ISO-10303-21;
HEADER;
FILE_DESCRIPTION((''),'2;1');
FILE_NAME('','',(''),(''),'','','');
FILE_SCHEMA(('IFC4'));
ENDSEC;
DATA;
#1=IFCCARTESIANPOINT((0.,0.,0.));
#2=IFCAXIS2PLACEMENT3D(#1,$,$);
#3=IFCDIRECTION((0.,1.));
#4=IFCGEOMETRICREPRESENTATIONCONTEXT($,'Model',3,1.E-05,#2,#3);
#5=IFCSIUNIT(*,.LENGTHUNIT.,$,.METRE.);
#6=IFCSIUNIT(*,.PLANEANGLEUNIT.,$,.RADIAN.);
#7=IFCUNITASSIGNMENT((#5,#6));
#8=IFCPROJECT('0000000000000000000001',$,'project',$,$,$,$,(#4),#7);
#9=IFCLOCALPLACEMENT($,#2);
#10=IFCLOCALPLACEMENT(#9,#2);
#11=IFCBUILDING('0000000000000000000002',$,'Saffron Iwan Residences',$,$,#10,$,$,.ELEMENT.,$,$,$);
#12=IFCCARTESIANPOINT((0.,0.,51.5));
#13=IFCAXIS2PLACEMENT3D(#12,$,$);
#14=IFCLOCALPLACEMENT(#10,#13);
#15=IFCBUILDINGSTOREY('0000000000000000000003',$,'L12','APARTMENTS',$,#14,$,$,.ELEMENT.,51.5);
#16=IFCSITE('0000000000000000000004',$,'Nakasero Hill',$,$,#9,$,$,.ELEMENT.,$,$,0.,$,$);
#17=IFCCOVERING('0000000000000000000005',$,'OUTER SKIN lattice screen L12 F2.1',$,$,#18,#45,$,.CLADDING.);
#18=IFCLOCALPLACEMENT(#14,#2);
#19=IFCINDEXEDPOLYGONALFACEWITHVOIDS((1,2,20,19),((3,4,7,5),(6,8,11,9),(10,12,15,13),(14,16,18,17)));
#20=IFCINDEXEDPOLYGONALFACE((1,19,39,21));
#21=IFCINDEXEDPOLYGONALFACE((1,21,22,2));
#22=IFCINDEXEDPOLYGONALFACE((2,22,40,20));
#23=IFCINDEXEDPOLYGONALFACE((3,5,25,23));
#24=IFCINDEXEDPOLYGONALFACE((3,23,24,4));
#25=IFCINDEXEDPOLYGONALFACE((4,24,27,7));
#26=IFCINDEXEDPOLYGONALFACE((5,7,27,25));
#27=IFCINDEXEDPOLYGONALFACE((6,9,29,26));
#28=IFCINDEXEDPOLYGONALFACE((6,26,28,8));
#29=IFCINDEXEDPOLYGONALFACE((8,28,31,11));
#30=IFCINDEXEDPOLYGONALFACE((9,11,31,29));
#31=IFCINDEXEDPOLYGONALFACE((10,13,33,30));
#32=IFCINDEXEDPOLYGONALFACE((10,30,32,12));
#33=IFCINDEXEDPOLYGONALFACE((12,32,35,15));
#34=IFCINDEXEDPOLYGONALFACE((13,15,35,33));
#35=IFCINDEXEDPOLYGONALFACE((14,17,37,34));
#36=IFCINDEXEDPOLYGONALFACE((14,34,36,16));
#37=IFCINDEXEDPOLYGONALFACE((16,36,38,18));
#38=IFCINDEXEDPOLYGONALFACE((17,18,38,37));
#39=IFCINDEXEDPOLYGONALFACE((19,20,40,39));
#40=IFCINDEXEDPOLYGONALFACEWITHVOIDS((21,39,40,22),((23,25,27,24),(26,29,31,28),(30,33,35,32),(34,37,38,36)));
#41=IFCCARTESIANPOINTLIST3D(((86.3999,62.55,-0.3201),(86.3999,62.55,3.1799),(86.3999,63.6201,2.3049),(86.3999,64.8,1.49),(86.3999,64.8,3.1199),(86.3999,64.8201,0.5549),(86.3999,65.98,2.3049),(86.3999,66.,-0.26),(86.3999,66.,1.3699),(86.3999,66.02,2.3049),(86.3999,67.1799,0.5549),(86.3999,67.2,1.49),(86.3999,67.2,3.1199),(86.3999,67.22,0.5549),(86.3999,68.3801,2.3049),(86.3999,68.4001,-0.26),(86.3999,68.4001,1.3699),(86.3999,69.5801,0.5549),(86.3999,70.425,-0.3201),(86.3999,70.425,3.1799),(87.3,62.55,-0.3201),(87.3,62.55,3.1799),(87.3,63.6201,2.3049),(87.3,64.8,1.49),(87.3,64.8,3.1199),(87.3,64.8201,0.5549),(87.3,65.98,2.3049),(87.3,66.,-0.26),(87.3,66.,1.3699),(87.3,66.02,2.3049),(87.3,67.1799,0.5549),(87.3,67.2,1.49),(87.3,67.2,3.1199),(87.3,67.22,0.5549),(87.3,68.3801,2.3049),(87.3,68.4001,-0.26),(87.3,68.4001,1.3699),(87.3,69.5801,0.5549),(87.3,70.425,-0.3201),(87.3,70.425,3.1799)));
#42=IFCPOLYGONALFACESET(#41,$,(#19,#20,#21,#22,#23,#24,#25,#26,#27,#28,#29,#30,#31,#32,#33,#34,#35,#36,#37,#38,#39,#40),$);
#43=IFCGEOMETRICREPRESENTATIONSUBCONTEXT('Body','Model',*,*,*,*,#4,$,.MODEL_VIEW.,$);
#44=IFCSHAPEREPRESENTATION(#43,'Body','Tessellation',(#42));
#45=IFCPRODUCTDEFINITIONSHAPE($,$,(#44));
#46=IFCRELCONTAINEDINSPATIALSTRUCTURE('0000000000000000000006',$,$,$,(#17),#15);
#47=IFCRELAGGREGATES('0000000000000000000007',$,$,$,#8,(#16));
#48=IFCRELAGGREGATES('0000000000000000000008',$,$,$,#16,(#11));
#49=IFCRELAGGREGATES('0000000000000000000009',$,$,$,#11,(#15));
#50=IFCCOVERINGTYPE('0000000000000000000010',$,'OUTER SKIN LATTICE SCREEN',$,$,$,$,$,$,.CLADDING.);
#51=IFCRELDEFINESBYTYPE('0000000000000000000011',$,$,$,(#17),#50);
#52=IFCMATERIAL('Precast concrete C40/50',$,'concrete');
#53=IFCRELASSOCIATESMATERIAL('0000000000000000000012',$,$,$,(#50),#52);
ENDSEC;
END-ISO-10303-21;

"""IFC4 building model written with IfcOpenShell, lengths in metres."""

from ifc_helpers import new_model, si_unit, direction, frame, origin, place, context, subcontext, project, spatial, polyline, outline, extrude, material, type_object, element, save


model = new_model("IFC4")

# Units and contexts
model_context = context("Model", 3, precision=1e-05, world=origin(), true_north=direction((0.0, 1.0)))
body_context = subcontext(model_context, "Body", "Model", "MODEL_VIEW")
ifc_project = project(units=[si_unit("LENGTHUNIT", "METRE"), si_unit("PLANEANGLEUNIT", "RADIAN")], contexts=[model_context])

# Site, building, storey
site_placement = place(None, origin())
site = spatial("IfcSite", under=ifc_project, at=site_placement, Name="Nakasero Hill", CompositionType="ELEMENT", RefElevation=0.0)
building_placement = place(site_placement, origin())
building = spatial("IfcBuilding", under=site, at=building_placement, Name="Saffron Iwan Residences", CompositionType="ELEMENT")
storey_placement = place(building_placement, frame((0.0, 0.0, 51.5)))
storey = spatial("IfcBuildingStorey", under=building, at=storey_placement, Name="L12", Description="APARTMENTS", CompositionType="ELEMENT", Elevation=51.5)

# Covering
ifc_material_1 = material(Name="Precast concrete C40/50", Category="concrete")
covering_type = type_object("IfcCoveringType", Name="OUTER SKIN LATTICE SCREEN", PredefinedType="CLADDING", material=ifc_material_1)
covering_placement = place(storey_placement, frame((86.3999, 62.55, -0.3201), z_axis=(1.0, 0.0, 0.0), x_axis=(0.0, 1.0, 0.0)))
element("IfcCovering", 1, at=covering_placement, inside=storey, type_object=covering_type, Name="OUTER SKIN lattice screen L12 F2.1", PredefinedType="CLADDING", context=body_context, shape_type="SweptSolid", body=[
    extrude(outline(polyline([(0.0, 0.0), (7.875, 0.0), (7.875, 3.5), (0.0, 3.5), (0.0, 0.0)]), holes=[polyline([(2.27, 0.875), (3.45, 0.0601), (4.6299, 0.875), (3.45, 1.6899), (2.27, 0.875)]), polyline([(4.6699, 0.875), (5.8501, 0.0601), (7.03, 0.875), (5.8501, 1.6899), (4.6699, 0.875)]), polyline([(1.0701, 2.625), (2.25, 1.8101), (3.4299, 2.625), (2.25, 3.4399), (1.0701, 2.625)]), polyline([(3.47, 2.625), (4.6499, 1.8101), (5.8301, 2.625), (4.6499, 3.4399), (3.47, 2.625)])]), origin(), (0.0, 0.0, 1.0), 0.9001),
])

save(model, "model.ifc")
